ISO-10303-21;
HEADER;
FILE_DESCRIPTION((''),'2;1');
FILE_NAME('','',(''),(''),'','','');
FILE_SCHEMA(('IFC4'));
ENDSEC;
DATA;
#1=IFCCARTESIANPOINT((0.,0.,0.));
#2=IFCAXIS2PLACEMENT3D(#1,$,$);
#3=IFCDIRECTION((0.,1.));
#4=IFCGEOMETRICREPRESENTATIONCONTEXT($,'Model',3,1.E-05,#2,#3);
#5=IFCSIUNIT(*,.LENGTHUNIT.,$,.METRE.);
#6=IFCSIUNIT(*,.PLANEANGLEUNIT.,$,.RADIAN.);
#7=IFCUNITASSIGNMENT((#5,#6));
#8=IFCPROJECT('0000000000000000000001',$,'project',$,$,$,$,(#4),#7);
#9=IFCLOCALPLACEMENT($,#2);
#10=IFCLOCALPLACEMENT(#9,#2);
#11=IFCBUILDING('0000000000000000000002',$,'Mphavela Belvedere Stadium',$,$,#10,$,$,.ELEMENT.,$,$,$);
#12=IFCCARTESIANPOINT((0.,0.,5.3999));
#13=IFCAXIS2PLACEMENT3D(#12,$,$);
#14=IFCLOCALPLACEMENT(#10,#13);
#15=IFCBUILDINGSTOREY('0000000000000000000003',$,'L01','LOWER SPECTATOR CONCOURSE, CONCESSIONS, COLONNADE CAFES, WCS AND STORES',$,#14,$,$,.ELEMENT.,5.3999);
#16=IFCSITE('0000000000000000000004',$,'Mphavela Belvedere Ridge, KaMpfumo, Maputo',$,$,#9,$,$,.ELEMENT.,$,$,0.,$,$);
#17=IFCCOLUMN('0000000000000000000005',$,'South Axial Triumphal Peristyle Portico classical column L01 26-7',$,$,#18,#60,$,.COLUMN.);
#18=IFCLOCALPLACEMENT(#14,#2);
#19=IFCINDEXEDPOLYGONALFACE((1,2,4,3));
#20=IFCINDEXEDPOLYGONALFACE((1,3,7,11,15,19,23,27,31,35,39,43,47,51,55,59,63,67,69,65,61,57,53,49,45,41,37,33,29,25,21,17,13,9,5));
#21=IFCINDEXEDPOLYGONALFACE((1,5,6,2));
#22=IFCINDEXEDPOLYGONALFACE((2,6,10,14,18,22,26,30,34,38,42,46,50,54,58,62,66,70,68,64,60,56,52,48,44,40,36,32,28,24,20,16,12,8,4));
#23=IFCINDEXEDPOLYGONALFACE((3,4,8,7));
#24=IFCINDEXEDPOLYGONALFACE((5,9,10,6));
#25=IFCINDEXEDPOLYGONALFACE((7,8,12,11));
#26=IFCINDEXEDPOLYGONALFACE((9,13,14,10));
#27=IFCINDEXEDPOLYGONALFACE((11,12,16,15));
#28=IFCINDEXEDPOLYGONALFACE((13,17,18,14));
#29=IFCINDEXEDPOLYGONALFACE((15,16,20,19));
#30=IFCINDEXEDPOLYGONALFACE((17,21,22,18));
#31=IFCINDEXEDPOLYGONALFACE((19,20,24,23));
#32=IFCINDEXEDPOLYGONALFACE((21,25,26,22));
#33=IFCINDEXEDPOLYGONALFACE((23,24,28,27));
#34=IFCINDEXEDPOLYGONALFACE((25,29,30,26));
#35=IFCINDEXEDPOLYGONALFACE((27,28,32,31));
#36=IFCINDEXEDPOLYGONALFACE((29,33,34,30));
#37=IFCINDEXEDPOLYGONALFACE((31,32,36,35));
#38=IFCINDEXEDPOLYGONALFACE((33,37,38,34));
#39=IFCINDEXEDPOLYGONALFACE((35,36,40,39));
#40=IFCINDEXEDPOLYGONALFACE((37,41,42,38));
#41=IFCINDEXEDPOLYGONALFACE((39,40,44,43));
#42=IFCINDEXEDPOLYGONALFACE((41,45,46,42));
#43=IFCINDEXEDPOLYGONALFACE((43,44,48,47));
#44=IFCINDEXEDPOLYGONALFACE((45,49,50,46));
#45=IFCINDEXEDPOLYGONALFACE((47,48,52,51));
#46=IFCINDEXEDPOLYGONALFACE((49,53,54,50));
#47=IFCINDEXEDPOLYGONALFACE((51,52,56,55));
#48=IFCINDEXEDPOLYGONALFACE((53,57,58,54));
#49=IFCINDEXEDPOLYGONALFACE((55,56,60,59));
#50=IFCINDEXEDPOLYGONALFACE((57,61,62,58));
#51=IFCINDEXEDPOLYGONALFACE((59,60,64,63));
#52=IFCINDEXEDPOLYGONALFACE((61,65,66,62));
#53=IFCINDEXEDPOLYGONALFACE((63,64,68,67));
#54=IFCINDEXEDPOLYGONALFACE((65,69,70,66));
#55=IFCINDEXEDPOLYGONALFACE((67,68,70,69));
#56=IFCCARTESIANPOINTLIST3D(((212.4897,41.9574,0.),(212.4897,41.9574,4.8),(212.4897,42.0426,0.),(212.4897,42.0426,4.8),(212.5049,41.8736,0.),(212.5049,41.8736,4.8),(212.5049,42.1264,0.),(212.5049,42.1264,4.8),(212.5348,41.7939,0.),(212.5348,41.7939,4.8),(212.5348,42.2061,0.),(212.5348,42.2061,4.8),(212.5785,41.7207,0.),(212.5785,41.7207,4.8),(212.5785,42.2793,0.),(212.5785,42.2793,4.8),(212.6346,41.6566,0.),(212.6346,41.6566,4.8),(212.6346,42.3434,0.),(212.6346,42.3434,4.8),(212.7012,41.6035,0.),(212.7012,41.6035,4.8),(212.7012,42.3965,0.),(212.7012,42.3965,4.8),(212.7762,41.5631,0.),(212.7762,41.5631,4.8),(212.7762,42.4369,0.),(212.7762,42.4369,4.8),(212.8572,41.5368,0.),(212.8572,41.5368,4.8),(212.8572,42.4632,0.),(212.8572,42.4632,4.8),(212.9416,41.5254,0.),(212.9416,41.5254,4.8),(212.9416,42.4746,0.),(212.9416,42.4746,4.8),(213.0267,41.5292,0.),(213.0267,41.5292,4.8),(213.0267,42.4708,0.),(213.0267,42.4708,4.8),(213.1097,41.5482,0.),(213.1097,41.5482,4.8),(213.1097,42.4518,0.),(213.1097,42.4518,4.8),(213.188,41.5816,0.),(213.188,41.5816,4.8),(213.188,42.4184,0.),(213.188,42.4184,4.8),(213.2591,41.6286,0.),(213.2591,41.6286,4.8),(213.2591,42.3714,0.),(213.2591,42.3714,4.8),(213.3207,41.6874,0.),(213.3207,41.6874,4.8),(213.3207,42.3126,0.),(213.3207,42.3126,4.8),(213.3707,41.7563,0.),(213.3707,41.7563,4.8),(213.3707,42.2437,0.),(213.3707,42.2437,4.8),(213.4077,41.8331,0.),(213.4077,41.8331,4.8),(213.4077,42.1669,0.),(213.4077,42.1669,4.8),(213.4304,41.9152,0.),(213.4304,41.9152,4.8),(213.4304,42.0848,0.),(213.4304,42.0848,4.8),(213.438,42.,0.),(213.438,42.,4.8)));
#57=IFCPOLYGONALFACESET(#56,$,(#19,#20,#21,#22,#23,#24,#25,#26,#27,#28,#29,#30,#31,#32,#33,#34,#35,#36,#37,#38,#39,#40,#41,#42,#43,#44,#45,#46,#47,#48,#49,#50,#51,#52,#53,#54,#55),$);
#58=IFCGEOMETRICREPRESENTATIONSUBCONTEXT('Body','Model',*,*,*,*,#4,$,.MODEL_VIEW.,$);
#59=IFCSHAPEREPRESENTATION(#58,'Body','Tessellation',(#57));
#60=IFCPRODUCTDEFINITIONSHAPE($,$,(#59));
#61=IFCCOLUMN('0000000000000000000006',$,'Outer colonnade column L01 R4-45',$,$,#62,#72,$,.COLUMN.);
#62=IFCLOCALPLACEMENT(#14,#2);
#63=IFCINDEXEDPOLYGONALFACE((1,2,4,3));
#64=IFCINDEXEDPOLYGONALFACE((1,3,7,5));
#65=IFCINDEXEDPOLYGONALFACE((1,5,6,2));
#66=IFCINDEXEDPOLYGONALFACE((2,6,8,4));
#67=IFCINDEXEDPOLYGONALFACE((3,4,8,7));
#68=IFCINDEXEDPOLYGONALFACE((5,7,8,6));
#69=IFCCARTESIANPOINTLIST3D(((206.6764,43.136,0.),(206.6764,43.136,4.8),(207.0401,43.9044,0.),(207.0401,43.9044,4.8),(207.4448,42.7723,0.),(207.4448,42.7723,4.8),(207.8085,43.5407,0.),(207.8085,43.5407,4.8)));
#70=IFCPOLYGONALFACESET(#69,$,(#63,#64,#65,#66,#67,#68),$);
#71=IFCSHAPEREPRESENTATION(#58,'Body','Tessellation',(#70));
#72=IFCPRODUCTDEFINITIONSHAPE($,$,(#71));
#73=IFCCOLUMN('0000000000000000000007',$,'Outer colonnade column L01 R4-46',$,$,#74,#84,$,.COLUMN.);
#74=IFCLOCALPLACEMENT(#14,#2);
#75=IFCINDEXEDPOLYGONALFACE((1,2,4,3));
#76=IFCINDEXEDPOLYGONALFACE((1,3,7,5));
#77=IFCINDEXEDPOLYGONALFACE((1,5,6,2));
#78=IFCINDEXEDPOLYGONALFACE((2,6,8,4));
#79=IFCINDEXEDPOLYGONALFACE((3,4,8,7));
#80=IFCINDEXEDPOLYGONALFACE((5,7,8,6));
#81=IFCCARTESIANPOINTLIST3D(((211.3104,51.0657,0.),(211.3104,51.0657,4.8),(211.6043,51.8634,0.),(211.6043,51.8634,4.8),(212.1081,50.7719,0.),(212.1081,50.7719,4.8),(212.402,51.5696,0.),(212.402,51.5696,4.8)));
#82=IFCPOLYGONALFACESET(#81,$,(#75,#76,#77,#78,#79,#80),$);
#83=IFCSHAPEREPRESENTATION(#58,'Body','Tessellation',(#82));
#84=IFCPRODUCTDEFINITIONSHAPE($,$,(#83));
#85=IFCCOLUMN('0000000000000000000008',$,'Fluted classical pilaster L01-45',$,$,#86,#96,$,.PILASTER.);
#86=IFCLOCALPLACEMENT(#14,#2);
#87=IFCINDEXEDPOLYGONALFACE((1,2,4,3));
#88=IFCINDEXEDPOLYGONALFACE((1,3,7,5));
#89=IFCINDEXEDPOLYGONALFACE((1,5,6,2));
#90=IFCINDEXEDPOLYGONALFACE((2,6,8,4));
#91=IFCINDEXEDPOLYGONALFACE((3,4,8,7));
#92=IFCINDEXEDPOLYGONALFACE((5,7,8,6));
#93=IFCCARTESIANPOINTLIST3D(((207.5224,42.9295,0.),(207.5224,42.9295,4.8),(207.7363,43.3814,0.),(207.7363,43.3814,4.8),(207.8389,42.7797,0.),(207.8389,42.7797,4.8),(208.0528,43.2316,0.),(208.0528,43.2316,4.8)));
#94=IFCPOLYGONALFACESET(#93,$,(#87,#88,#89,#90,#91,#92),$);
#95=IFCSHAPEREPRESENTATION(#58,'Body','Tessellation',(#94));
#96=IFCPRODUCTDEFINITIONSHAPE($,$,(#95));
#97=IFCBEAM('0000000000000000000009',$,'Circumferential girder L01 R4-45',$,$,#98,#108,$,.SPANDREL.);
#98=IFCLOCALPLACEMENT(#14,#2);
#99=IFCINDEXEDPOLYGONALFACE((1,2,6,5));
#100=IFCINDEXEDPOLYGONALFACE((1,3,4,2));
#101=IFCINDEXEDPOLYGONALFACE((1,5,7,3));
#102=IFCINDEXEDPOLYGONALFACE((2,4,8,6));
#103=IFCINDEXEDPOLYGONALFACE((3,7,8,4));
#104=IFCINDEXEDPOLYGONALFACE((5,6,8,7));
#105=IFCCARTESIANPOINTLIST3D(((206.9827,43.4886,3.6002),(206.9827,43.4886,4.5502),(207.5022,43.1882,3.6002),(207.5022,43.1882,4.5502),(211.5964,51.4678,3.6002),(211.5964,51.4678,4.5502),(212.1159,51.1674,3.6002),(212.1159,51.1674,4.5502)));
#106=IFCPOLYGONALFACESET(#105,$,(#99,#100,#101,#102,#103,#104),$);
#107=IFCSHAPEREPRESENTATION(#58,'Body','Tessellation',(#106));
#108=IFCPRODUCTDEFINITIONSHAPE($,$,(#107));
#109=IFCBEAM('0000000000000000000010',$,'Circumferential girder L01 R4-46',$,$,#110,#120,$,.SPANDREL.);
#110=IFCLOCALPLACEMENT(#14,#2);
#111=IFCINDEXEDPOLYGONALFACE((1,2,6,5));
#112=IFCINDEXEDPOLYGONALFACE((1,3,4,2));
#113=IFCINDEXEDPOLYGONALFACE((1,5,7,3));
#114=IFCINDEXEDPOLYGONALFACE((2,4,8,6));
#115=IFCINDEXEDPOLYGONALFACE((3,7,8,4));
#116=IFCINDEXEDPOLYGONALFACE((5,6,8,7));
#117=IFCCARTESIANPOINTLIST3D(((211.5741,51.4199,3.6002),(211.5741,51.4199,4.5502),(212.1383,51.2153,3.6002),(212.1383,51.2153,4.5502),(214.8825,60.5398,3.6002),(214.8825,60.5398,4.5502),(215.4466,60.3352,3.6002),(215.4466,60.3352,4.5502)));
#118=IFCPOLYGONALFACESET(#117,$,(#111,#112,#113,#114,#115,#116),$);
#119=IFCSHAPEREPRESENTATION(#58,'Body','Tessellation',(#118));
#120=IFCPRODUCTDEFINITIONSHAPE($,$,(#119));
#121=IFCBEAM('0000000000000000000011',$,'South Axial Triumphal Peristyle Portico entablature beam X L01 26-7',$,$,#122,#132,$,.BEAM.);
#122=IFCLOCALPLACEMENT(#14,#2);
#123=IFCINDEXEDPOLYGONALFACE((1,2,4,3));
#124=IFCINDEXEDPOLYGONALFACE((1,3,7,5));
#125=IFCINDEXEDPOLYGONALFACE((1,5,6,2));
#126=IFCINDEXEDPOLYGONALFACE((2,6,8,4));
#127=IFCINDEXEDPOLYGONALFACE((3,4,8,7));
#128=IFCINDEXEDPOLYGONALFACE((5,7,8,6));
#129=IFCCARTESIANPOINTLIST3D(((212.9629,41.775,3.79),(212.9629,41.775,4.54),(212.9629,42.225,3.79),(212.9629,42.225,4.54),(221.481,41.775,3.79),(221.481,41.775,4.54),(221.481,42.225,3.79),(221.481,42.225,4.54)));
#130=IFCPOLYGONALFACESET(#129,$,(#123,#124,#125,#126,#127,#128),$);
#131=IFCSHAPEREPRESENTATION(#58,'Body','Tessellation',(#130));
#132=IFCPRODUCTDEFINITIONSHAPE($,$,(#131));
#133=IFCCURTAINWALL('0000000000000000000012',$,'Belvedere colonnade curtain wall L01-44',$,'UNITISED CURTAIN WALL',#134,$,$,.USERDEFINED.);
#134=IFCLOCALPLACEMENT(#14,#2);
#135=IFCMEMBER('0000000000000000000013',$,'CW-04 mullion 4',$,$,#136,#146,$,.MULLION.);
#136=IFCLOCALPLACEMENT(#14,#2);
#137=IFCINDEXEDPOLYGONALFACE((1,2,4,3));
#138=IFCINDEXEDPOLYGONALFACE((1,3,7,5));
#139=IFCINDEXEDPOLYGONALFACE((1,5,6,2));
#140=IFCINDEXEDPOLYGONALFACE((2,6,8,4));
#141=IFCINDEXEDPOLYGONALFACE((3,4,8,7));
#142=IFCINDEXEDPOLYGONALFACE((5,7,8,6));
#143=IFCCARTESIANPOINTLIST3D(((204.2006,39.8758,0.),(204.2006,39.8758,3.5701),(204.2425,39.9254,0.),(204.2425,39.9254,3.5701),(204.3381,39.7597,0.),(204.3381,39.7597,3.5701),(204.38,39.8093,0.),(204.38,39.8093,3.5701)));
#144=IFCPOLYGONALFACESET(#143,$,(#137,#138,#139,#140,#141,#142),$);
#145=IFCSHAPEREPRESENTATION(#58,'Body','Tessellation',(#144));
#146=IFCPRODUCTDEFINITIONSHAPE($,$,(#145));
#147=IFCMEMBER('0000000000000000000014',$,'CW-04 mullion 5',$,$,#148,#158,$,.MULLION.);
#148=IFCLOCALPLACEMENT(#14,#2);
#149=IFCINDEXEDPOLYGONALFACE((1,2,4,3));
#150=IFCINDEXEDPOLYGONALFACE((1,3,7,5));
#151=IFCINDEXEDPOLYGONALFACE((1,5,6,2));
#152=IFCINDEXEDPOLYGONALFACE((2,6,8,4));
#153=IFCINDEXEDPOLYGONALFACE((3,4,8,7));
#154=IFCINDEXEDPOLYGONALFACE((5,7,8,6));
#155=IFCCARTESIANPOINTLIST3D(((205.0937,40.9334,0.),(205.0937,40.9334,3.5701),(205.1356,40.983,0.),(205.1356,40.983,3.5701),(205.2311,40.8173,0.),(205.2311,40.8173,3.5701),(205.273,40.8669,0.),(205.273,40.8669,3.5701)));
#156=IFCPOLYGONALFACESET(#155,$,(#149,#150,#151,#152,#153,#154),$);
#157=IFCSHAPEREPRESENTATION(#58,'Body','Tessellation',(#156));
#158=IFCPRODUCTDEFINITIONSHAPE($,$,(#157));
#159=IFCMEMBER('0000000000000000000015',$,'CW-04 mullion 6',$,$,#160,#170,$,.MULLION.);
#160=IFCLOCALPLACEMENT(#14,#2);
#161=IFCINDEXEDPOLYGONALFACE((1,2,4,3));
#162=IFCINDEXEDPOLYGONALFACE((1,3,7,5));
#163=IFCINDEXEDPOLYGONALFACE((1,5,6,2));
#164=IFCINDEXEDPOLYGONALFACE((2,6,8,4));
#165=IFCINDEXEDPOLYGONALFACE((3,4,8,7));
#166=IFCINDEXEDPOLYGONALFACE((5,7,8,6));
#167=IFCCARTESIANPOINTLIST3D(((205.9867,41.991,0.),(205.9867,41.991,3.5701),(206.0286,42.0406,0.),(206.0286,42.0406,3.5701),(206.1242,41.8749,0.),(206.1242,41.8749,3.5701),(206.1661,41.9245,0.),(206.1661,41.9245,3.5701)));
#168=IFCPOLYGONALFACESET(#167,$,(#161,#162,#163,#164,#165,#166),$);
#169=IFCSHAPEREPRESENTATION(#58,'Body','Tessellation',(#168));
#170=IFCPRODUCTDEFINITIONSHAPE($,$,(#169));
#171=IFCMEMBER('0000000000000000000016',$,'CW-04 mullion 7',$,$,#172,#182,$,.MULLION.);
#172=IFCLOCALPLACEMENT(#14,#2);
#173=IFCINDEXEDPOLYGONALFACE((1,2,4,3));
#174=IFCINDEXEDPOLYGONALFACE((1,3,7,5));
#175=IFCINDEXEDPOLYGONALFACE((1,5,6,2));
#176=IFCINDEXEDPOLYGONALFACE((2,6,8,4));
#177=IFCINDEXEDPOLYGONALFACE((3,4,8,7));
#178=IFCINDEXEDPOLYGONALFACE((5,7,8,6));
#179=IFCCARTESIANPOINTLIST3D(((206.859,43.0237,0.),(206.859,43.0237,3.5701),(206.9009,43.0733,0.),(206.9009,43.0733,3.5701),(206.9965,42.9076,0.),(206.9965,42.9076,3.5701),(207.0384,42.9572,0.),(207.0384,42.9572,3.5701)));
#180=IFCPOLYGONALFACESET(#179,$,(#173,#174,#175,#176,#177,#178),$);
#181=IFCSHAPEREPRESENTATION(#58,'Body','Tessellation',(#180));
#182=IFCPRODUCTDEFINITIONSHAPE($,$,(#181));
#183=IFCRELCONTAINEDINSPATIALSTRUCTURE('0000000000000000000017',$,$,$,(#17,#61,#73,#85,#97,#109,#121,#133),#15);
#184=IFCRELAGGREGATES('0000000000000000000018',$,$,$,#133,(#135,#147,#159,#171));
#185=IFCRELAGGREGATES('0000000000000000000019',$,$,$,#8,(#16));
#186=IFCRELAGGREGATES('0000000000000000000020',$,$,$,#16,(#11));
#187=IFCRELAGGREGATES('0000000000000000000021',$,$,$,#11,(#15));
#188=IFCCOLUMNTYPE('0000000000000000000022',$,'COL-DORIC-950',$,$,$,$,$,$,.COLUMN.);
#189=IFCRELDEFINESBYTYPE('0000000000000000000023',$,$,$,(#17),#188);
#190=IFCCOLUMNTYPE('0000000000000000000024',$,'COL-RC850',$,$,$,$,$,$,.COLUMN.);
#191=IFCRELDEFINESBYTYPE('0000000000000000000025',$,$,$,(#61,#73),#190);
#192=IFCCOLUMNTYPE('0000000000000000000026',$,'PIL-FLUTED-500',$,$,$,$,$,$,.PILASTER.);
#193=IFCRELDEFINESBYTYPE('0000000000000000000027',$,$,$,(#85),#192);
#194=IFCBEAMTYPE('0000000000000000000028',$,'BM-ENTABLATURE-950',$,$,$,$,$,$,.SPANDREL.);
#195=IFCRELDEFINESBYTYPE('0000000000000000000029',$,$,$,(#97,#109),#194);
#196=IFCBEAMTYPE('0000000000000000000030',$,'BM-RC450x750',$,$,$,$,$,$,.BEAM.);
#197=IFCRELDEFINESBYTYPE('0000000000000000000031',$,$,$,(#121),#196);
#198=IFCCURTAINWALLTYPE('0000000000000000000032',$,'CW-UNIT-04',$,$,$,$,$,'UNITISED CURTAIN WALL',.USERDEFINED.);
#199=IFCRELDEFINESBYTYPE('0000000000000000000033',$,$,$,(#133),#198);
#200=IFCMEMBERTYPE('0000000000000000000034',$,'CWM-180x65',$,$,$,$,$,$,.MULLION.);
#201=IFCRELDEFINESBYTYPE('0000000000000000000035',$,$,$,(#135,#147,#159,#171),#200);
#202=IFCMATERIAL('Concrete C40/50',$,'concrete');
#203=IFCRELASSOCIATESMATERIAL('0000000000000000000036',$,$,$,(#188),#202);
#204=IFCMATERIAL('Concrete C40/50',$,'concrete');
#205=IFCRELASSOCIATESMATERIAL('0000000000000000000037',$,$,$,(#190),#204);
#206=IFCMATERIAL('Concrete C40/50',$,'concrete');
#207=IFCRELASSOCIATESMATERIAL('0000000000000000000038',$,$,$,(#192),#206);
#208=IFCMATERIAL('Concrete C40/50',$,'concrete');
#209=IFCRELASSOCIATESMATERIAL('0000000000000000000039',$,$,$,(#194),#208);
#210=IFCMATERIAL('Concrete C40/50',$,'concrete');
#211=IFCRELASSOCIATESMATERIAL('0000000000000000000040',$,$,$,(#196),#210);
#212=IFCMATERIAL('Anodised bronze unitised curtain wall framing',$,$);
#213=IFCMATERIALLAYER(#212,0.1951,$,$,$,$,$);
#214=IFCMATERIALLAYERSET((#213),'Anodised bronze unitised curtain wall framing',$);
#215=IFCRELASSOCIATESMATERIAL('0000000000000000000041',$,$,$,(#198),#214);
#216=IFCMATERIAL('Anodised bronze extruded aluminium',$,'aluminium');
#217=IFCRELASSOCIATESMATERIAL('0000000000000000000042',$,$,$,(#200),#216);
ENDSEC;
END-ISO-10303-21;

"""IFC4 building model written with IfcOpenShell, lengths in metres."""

from ifc_helpers import new_model, si_unit, direction, frame, origin, origin_2d, place, context, subcontext, project, spatial, rectangle, circle, extrude, material, layer, layer_set, material_profile, profile_set, type_object, element, aggregate, save


model = new_model("IFC4")

# Units and contexts
model_context = context("Model", 3, precision=1e-05, world=origin(), true_north=direction((0.0, 1.0)))
body_context = subcontext(model_context, "Body", "Model", "MODEL_VIEW")
ifc_project = project(units=[si_unit("LENGTHUNIT", "METRE"), si_unit("PLANEANGLEUNIT", "RADIAN")], contexts=[model_context])

# Site, building, storey
site_placement = place(None, origin())
site = spatial("IfcSite", under=ifc_project, at=site_placement, Name="Mphavela Belvedere Ridge, KaMpfumo, Maputo", CompositionType="ELEMENT", RefElevation=0.0)
building_placement = place(site_placement, origin())
building = spatial("IfcBuilding", under=site, at=building_placement, Name="Mphavela Belvedere Stadium", CompositionType="ELEMENT")
storey_placement = place(building_placement, frame((0.0, 0.0, 5.3999)))
storey = spatial("IfcBuildingStorey", under=building, at=storey_placement, Name="L01", Description="LOWER SPECTATOR CONCOURSE, CONCESSIONS, COLONNADE CAFES, WCS AND STORES", CompositionType="ELEMENT", Elevation=5.3999)

# Columns
ifc_material_1 = material(Name="Concrete C40/50", Category="concrete")
ifc_material_profile_1 = material_profile(ifc_material_1, circle(Radius=0.4751, at=origin_2d()), Name="COL D950")
ifc_profile_set_1 = profile_set([ifc_material_profile_1], Name="Concrete C40/50")
column_type_1 = type_object("IfcColumnType", Name="COL-DORIC-950", PredefinedType="COLUMN", material=ifc_profile_set_1)
column_1_placement = place(storey_placement, frame((212.9629, 42.0, 0.0), z_axis=(0.0, 0.0, 1.0), x_axis=(1.0, 0.0, 0.0)))
element("IfcColumn", 1, at=column_1_placement, inside=storey, type_object=column_type_1, Name="South Axial Triumphal Peristyle Portico classical column L01 26-7", PredefinedType="COLUMN", context=body_context, shape_type="SweptSolid", body=[
    extrude(circle(Radius=0.4751, at=origin_2d()), origin(), (0.0, 0.0, 1.0), 4.8),
])
ifc_material_2 = material(Name="Concrete C40/50", Category="concrete")
ifc_material_profile_2 = material_profile(ifc_material_2, rectangle(XDim=0.8501, YDim=0.8501, at=origin_2d()), Name="RC 850x850")
ifc_profile_set_2 = profile_set([ifc_material_profile_2], Name="Concrete C40/50")
column_type_2 = type_object("IfcColumnType", Name="COL-RC850", PredefinedType="COLUMN", material=ifc_profile_set_2)
for number, where, z_axis, x_axis, name in (
    (2, (207.2424, 43.3384, 0.0), (0.0, 0.0, 1.0), (0.903859, -0.427831, 0.0), "Outer colonnade column L01 R4-45"),
    (3, (211.8562, 51.3176, 0.0), (0.0, 0.0, 1.0), (0.938372, -0.345626, 0.0), "Outer colonnade column L01 R4-46"),
):
    element("IfcColumn", number, at=place(storey_placement, frame(where, z_axis=z_axis, x_axis=x_axis)), inside=storey, type_object=column_type_2, Name=name, PredefinedType="COLUMN", context=body_context, shape_type="SweptSolid", body=[
        extrude(rectangle(XDim=0.8501, YDim=0.8501, at=origin_2d()), origin(), (0.0, 0.0, 1.0), 4.8),
    ])
ifc_material_3 = material(Name="Concrete C40/50", Category="concrete")
ifc_material_profile_3 = material_profile(ifc_material_3, rectangle(XDim=0.5, YDim=0.3501, at=origin_2d()), Name="PIL 500x350")
ifc_profile_set_3 = profile_set([ifc_material_profile_3], Name="Concrete C40/50")
column_type_3 = type_object("IfcColumnType", Name="PIL-FLUTED-500", PredefinedType="PILASTER", material=ifc_profile_set_3)
column_2_placement = place(storey_placement, frame((207.7876, 43.0806, 0.0), z_axis=(0.0, 0.0, 1.0), x_axis=(0.427831, 0.903859, 0.0)))
element("IfcColumn", 4, at=column_2_placement, inside=storey, type_object=column_type_3, Name="Fluted classical pilaster L01-45", PredefinedType="PILASTER", context=body_context, shape_type="SweptSolid", body=[
    extrude(rectangle(XDim=0.5, YDim=0.3501, at=origin_2d()), origin(), (0.0, 0.0, 1.0), 4.8),
])

# Beams
ifc_material_4 = material(Name="Concrete C40/50", Category="concrete")
ifc_material_profile_4 = material_profile(ifc_material_4, rectangle(XDim=0.6001, YDim=0.95, at=origin_2d()), Name="RC 600x950")
ifc_profile_set_4 = profile_set([ifc_material_profile_4], Name="Concrete C40/50")
beam_type_1 = type_object("IfcBeamType", Name="BM-ENTABLATURE-950", PredefinedType="SPANDREL", material=ifc_profile_set_4)
beam_1_placement = place(storey_placement, frame((207.2424, 43.3384, 4.0752), z_axis=(0.500565, 0.865699, 0.0), x_axis=(-0.865699, 0.500565, 0.0)))
element("IfcBeam", 5, at=beam_1_placement, inside=storey, type_object=beam_type_1, Name="Circumferential girder L01 R4-45", PredefinedType="SPANDREL", context=body_context, shape_type="SweptSolid", body=[
    extrude(rectangle(XDim=0.6001, YDim=0.95, at=origin_2d()), origin(), (0.0, 0.0, 1.0), 9.217),
])
beam_2_placement = place(storey_placement, frame((211.8562, 51.3176, 4.0752), z_axis=(0.341018, 0.940057, 0.0), x_axis=(-0.940057, 0.341018, 0.0)))
element("IfcBeam", 6, at=beam_2_placement, inside=storey, type_object=beam_type_1, Name="Circumferential girder L01 R4-46", PredefinedType="SPANDREL", context=body_context, shape_type="SweptSolid", body=[
    extrude(rectangle(XDim=0.6001, YDim=0.95, at=origin_2d()), origin(), (0.0, 0.0, 1.0), 9.7014),
])
ifc_material_5 = material(Name="Concrete C40/50", Category="concrete")
ifc_material_profile_5 = material_profile(ifc_material_5, rectangle(XDim=0.45, YDim=0.75, at=origin_2d()), Name="RC 450x750")
ifc_profile_set_5 = profile_set([ifc_material_profile_5], Name="Concrete C40/50")
beam_type_2 = type_object("IfcBeamType", Name="BM-RC450x750", PredefinedType="BEAM", material=ifc_profile_set_5)
beam_3_placement = place(storey_placement, frame((212.9629, 42.0, 4.165), z_axis=(1.0, 0.0, 0.0), x_axis=(0.0, 1.0, 0.0)))
element("IfcBeam", 7, at=beam_3_placement, inside=storey, type_object=beam_type_2, Name="South Axial Triumphal Peristyle Portico entablature beam X L01 26-7", PredefinedType="BEAM", context=body_context, shape_type="SweptSolid", body=[
    extrude(rectangle(XDim=0.45, YDim=0.75, at=origin_2d()), origin(), (0.0, 0.0, 1.0), 8.5181),
])

# Curtain wall, members
ifc_material_6 = material(Name="Anodised bronze unitised curtain wall framing")
ifc_layer_1 = layer(ifc_material_6, 0.1951)
ifc_layer_set_1 = layer_set([ifc_layer_1], Name="Anodised bronze unitised curtain wall framing")
curtain_wall_type = type_object("IfcCurtainWallType", Name="CW-UNIT-04", ElementType="UNITISED CURTAIN WALL", PredefinedType="USERDEFINED", material=ifc_layer_set_1)
curtain_wall_placement = place(storey_placement, origin())
curtain_wall = element("IfcCurtainWall", 8, at=curtain_wall_placement, inside=storey, type_object=curtain_wall_type, Name="Belvedere colonnade curtain wall L01-44", ObjectType="UNITISED CURTAIN WALL", PredefinedType="USERDEFINED")
ifc_material_7 = material(Name="Anodised bronze extruded aluminium", Category="aluminium")
ifc_material_profile_6 = material_profile(ifc_material_7, rectangle(XDim=0.1799, YDim=0.0649, at=origin_2d()), Name="CW-MUL 180x65")
ifc_profile_set_6 = profile_set([ifc_material_profile_6], Name="Anodised bronze extruded aluminium")
member_type_1 = type_object("IfcMemberType", Name="CWM-180x65", PredefinedType="MULLION", material=ifc_profile_set_6)
member_1_placement = place(storey_placement, frame((204.2903, 39.8425, 0.0), z_axis=(0.0, 0.0, 1.0), x_axis=(-0.764036, 0.645173, 0.0)))
member_1 = element("IfcMember", 9, at=member_1_placement, type_object=member_type_1, Name="CW-04 mullion 4", PredefinedType="MULLION", context=body_context, shape_type="SweptSolid", body=[
    extrude(rectangle(XDim=0.1799, YDim=0.0649, at=origin_2d()), origin(), (0.0, 0.0, 1.0), 3.5701),
])
member_2_placement = place(storey_placement, frame((205.1833, 40.9001, 0.0), z_axis=(0.0, 0.0, 1.0), x_axis=(-0.764036, 0.645173, 0.0)))
member_2 = element("IfcMember", 10, at=member_2_placement, type_object=member_type_1, Name="CW-04 mullion 5", PredefinedType="MULLION", context=body_context, shape_type="SweptSolid", body=[
    extrude(rectangle(XDim=0.1799, YDim=0.0649, at=origin_2d()), origin(), (0.0, 0.0, 1.0), 3.5701),
])
member_3_placement = place(storey_placement, frame((206.0764, 41.9578, 0.0), z_axis=(0.0, 0.0, 1.0), x_axis=(-0.764036, 0.645173, 0.0)))
member_3 = element("IfcMember", 11, at=member_3_placement, type_object=member_type_1, Name="CW-04 mullion 6", PredefinedType="MULLION", context=body_context, shape_type="SweptSolid", body=[
    extrude(rectangle(XDim=0.1799, YDim=0.0649, at=origin_2d()), origin(), (0.0, 0.0, 1.0), 3.5701),
])
member_4_placement = place(storey_placement, frame((206.9487, 42.9905, 0.0), z_axis=(0.0, 0.0, 1.0), x_axis=(-0.764036, 0.645173, 0.0)))
member_4 = element("IfcMember", 12, at=member_4_placement, type_object=member_type_1, Name="CW-04 mullion 7", PredefinedType="MULLION", context=body_context, shape_type="SweptSolid", body=[
    extrude(rectangle(XDim=0.1799, YDim=0.0649, at=origin_2d()), origin(), (0.0, 0.0, 1.0), 3.5701),
])
aggregate(curtain_wall, [member_1, member_2, member_3, member_4])

save(model, "model.ifc")
